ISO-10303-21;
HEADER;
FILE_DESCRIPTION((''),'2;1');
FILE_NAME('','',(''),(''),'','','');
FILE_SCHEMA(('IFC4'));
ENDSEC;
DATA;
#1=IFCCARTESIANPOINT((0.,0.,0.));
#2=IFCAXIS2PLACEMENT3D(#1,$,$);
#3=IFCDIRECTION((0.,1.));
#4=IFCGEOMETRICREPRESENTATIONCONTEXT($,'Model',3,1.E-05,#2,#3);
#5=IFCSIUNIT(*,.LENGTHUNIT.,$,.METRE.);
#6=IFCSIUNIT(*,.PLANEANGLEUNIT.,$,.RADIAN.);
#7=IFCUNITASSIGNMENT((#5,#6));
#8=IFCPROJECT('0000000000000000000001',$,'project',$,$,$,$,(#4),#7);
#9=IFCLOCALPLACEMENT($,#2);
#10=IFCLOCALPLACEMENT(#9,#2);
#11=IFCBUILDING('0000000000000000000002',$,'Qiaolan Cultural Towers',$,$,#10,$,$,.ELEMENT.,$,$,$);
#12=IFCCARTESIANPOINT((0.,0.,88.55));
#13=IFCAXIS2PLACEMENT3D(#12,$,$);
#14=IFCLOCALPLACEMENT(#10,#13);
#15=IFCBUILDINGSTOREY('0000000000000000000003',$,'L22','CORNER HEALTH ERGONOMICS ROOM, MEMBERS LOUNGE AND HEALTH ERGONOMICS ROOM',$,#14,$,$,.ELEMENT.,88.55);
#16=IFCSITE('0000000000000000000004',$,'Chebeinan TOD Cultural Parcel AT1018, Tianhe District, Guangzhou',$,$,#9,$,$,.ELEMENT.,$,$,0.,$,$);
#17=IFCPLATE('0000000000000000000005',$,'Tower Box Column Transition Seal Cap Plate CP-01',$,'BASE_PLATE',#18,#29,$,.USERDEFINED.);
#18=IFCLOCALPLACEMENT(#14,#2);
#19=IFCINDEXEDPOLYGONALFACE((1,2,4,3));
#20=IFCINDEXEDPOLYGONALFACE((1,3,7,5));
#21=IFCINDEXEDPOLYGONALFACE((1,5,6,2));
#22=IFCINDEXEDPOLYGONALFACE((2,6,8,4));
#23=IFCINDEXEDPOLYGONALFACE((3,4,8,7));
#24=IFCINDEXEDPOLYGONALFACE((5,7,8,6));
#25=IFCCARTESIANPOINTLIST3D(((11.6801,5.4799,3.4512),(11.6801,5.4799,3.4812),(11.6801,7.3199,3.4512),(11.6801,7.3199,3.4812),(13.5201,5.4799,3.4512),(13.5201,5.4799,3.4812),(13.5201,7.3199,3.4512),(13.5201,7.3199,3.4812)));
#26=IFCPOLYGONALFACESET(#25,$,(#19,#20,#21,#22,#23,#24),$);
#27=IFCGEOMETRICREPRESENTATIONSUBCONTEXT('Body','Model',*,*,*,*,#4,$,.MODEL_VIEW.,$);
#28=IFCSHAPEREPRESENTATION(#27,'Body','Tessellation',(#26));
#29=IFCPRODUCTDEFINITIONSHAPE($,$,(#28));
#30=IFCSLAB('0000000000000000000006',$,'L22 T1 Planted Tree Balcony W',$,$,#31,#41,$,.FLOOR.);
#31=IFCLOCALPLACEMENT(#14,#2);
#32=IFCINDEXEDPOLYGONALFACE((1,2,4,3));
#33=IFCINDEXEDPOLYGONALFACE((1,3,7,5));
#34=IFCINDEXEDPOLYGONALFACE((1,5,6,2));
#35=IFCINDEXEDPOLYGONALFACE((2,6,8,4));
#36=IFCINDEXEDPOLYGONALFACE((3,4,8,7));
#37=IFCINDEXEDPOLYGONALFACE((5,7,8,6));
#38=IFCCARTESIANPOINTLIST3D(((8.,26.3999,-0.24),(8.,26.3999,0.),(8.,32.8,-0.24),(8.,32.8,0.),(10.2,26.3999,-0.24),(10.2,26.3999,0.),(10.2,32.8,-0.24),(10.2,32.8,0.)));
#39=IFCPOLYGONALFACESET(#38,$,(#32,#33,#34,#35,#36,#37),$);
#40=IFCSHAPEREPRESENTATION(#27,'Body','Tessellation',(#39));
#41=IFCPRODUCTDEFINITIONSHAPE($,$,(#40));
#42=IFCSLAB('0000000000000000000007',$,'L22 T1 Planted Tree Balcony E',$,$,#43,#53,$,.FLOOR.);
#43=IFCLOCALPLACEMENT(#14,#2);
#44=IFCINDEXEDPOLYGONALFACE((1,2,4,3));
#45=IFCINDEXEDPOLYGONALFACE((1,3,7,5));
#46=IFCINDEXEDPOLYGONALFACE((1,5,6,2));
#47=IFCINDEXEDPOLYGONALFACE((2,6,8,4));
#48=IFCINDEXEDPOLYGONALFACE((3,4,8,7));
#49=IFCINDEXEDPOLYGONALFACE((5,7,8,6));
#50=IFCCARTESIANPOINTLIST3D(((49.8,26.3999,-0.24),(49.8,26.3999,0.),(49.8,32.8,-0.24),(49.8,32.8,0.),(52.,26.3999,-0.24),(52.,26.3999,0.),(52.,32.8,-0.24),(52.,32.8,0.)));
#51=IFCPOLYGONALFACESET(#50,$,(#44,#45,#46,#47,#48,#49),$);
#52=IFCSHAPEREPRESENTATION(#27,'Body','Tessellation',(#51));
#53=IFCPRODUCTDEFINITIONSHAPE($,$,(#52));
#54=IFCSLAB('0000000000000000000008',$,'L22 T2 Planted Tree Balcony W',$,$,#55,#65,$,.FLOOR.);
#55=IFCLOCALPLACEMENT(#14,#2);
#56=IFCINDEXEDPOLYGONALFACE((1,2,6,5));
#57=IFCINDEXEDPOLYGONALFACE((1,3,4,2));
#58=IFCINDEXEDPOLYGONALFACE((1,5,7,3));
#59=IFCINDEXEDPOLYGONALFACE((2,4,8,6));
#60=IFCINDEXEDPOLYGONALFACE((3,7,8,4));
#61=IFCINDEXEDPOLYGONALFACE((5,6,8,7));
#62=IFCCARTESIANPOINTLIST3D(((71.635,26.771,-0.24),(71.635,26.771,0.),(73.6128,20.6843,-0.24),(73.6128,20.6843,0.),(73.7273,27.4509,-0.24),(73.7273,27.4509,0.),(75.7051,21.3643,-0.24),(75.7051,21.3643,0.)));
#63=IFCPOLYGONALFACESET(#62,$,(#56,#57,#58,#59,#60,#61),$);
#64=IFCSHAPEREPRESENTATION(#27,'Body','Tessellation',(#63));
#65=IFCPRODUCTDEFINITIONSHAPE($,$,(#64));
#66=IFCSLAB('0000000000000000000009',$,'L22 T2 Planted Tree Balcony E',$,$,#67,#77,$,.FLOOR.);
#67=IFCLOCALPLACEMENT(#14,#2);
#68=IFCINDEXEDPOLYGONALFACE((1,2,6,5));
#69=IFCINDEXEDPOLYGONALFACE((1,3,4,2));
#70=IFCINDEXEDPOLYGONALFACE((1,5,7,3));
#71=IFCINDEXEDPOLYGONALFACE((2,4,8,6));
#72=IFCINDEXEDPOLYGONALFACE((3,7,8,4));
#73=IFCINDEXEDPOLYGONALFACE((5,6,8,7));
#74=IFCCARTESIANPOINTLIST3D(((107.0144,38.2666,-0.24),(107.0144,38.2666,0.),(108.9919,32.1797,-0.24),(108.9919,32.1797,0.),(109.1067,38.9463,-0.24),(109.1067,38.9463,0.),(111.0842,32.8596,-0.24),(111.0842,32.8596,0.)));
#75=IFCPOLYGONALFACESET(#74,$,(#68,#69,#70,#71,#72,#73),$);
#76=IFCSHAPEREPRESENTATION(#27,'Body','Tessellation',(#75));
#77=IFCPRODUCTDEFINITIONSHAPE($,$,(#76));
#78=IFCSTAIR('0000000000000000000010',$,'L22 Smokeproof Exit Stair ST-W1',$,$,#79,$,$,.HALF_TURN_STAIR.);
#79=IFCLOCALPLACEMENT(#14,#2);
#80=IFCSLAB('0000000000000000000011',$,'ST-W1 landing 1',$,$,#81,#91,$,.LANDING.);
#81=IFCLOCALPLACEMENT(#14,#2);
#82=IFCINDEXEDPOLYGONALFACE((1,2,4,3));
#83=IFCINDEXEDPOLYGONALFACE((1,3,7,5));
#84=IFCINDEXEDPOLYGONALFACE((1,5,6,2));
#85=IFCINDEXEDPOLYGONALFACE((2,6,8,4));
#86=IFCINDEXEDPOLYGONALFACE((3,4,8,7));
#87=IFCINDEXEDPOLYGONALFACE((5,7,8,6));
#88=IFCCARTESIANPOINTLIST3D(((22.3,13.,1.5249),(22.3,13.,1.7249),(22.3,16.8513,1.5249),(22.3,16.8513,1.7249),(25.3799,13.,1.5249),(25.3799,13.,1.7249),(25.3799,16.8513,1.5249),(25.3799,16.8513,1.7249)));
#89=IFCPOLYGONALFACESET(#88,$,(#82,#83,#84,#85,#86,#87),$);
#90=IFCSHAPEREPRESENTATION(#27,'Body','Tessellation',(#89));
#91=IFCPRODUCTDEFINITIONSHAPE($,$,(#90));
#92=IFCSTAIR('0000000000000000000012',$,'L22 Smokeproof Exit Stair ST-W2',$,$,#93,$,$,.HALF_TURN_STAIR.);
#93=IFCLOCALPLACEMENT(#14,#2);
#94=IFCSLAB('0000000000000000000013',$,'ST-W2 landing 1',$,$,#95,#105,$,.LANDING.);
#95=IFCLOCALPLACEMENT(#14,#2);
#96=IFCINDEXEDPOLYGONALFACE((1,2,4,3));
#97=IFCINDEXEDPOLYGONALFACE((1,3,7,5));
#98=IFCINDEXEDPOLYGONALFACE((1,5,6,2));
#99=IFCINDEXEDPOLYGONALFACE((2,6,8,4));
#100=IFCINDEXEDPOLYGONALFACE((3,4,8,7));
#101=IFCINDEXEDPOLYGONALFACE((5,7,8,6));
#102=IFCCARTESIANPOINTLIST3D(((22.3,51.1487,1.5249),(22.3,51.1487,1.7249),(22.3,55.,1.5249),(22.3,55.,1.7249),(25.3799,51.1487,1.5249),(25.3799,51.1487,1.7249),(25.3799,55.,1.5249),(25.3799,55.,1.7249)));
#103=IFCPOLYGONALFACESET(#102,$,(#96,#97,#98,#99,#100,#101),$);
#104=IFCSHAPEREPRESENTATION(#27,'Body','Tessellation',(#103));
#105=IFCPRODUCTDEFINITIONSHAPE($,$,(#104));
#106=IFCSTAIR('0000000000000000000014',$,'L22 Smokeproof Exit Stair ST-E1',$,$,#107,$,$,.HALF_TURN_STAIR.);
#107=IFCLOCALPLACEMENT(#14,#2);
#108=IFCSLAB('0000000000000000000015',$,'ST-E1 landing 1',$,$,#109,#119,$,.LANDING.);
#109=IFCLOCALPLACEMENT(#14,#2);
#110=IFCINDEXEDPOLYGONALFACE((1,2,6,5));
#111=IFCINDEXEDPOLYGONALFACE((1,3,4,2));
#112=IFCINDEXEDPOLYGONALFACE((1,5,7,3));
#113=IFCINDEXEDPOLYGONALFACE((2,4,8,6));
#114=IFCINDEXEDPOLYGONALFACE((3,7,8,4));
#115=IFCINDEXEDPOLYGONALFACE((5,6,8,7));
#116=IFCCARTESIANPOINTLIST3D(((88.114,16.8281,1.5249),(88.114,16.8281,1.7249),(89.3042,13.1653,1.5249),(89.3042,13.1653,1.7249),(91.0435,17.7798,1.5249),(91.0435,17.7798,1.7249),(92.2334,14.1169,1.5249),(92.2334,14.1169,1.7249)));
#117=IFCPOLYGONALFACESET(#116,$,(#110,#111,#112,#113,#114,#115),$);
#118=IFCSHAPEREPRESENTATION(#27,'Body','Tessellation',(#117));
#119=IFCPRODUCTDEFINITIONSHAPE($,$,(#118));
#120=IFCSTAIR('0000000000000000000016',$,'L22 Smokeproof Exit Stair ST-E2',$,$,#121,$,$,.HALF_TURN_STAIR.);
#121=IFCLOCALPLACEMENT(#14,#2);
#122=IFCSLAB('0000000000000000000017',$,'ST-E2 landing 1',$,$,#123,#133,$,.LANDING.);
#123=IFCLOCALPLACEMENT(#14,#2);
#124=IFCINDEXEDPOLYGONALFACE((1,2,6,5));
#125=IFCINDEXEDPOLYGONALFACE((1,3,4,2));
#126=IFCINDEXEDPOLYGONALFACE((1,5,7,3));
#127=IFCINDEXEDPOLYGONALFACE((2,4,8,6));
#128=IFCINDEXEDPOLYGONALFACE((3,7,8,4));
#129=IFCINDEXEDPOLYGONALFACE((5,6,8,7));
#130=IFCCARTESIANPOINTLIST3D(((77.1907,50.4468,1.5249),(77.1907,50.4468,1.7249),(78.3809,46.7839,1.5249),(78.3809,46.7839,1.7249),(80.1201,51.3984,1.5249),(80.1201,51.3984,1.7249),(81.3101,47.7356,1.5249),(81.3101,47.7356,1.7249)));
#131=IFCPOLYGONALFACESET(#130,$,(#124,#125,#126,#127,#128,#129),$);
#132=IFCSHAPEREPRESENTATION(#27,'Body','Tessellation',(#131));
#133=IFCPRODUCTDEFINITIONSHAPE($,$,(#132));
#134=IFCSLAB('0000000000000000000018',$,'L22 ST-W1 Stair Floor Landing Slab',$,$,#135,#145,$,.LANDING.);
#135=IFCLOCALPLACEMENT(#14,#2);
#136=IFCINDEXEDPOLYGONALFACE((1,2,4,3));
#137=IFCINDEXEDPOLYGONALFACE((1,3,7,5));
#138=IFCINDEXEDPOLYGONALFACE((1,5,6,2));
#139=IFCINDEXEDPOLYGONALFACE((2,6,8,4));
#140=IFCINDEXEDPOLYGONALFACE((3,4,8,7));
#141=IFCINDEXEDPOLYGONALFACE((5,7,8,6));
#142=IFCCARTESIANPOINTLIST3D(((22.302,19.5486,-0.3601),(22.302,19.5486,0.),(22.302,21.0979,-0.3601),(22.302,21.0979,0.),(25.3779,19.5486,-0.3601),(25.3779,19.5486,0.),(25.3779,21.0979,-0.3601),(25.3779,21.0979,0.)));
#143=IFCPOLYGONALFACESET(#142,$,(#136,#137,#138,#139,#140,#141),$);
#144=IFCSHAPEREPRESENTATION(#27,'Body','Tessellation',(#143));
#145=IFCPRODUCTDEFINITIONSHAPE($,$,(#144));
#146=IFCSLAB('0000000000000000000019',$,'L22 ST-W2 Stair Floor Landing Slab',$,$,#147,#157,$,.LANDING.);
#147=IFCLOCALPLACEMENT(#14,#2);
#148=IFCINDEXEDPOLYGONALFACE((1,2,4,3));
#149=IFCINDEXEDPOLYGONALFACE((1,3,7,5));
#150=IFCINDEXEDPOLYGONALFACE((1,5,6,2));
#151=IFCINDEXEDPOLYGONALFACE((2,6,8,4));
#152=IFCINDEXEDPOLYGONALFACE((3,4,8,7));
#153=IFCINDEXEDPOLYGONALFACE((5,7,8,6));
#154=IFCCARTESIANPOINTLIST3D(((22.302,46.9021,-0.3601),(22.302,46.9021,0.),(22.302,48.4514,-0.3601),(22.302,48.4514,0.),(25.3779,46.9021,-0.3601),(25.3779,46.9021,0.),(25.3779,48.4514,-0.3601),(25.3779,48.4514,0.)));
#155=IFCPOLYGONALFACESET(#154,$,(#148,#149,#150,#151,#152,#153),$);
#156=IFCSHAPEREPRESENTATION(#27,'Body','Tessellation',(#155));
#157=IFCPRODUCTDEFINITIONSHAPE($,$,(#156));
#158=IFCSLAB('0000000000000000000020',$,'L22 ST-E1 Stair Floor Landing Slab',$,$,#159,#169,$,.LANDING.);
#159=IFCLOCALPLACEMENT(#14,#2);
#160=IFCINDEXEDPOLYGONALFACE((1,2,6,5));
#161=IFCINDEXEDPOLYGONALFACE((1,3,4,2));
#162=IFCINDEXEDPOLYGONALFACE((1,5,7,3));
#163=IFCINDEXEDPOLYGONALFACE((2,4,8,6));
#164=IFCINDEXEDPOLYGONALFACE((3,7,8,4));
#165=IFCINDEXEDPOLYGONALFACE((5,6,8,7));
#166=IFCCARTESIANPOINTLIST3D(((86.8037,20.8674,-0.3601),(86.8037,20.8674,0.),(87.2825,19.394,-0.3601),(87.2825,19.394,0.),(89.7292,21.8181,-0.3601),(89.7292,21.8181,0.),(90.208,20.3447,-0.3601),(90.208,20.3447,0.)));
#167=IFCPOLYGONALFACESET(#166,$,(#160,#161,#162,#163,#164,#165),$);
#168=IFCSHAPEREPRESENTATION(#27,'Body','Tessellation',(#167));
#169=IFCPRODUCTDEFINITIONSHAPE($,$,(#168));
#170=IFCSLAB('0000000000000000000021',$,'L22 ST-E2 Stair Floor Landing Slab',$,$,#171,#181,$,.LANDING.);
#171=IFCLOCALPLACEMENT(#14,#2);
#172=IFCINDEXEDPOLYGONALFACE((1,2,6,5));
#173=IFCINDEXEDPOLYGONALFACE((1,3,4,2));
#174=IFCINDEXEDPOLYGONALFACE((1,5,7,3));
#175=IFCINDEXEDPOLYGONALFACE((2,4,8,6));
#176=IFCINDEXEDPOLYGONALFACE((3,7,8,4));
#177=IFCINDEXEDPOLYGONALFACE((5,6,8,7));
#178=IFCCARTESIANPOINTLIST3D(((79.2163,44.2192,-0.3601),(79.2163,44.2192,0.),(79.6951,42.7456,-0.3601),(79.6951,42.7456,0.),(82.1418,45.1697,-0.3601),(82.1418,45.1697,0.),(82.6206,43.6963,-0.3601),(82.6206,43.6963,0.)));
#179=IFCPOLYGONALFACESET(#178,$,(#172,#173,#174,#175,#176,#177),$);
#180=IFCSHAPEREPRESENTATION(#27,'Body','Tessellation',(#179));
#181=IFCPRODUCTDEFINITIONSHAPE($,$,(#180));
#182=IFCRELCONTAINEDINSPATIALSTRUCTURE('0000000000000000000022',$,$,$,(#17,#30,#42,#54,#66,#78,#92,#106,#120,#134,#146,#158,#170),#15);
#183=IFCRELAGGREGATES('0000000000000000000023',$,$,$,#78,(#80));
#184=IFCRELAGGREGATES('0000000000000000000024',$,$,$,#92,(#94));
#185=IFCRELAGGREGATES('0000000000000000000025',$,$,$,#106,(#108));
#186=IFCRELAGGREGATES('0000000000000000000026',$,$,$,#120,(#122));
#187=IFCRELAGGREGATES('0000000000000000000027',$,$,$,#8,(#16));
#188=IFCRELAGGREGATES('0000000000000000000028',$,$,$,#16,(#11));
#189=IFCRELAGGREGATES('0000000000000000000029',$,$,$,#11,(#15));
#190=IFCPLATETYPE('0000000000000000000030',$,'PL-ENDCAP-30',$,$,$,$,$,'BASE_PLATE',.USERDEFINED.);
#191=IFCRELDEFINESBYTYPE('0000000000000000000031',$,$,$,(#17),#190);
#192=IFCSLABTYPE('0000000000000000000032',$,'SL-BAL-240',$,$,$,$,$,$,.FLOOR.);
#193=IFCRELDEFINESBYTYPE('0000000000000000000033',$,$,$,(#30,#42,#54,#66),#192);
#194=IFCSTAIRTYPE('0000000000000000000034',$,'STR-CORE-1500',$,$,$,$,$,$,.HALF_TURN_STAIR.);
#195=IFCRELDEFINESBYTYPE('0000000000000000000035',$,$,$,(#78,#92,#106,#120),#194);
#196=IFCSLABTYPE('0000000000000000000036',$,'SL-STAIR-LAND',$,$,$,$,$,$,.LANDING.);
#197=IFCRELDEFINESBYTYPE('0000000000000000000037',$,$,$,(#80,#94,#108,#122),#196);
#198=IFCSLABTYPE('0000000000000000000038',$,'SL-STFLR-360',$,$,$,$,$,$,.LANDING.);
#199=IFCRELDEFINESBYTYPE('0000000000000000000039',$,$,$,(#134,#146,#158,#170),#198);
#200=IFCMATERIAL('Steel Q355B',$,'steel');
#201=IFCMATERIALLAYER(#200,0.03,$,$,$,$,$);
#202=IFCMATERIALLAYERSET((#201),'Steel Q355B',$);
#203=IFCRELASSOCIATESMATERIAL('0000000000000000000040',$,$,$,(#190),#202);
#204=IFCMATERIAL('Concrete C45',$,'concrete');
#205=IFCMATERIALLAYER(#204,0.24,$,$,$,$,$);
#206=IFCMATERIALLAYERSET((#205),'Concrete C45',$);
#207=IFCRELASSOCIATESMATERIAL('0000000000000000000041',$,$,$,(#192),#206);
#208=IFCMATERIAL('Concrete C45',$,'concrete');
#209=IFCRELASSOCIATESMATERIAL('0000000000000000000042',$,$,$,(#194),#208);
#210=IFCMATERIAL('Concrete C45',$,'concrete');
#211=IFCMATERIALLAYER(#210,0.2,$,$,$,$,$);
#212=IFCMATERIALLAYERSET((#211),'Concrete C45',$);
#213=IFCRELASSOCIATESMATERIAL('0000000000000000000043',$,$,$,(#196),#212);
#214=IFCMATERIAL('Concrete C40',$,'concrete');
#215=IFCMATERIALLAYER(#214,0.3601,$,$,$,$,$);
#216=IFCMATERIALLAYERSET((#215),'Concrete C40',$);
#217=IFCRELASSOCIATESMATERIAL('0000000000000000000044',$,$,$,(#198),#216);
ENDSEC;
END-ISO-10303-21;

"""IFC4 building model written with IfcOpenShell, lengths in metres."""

from ifc_helpers import new_model, si_unit, direction, frame, origin, origin_2d, place, context, subcontext, project, spatial, polyline, rectangle, outline, extrude, material, layer, layer_set, type_object, element, aggregate, save


model = new_model("IFC4")

# Units and contexts
model_context = context("Model", 3, precision=1e-05, world=origin(), true_north=direction((0.0, 1.0)))
body_context = subcontext(model_context, "Body", "Model", "MODEL_VIEW")
ifc_project = project(units=[si_unit("LENGTHUNIT", "METRE"), si_unit("PLANEANGLEUNIT", "RADIAN")], contexts=[model_context])

# Site, building, storey
site_placement = place(None, origin())
site = spatial("IfcSite", under=ifc_project, at=site_placement, Name="Chebeinan TOD Cultural Parcel AT1018, Tianhe District, Guangzhou", CompositionType="ELEMENT", RefElevation=0.0)
building_placement = place(site_placement, origin())
building = spatial("IfcBuilding", under=site, at=building_placement, Name="Qiaolan Cultural Towers", CompositionType="ELEMENT")
storey_placement = place(building_placement, frame((0.0, 0.0, 88.55)))
storey = spatial("IfcBuildingStorey", under=building, at=storey_placement, Name="L22", Description="CORNER HEALTH ERGONOMICS ROOM, MEMBERS LOUNGE AND HEALTH ERGONOMICS ROOM", CompositionType="ELEMENT", Elevation=88.55)

# Plate
ifc_material_1 = material(Name="Steel Q355B", Category="steel")
ifc_layer_1 = layer(ifc_material_1, 0.03)
ifc_layer_set_1 = layer_set([ifc_layer_1], Name="Steel Q355B")
plate_type_1 = type_object("IfcPlateType", Name="PL-ENDCAP-30", ElementType="BASE_PLATE", PredefinedType="USERDEFINED", material=ifc_layer_set_1)
plate_placement = place(storey_placement, frame((12.6001, 6.3999, 3.4512), z_axis=(0.0, 0.0, 1.0), x_axis=(1.0, 0.0, 0.0)))
element("IfcPlate", 1, at=plate_placement, inside=storey, type_object=plate_type_1, Name="Tower Box Column Transition Seal Cap Plate CP-01", ObjectType="BASE_PLATE", PredefinedType="USERDEFINED", context=body_context, shape_type="SweptSolid", body=[
    extrude(rectangle(XDim=1.8401, YDim=1.8401, at=origin_2d()), origin(), (0.0, 0.0, 1.0), 0.03),
])

# Slabs
ifc_material_2 = material(Name="Concrete C45", Category="concrete")
ifc_layer_2 = layer(ifc_material_2, 0.24)
ifc_layer_set_2 = layer_set([ifc_layer_2], Name="Concrete C45")
slab_type_1 = type_object("IfcSlabType", Name="SL-BAL-240", PredefinedType="FLOOR", material=ifc_layer_set_2)
slab_1_placement = place(storey_placement, frame((0.0, 0.0, -0.24)))
element("IfcSlab", 2, at=slab_1_placement, inside=storey, type_object=slab_type_1, Name="L22 T1 Planted Tree Balcony W", PredefinedType="FLOOR", context=body_context, shape_type="SweptSolid", body=[
    extrude(outline(polyline([(8.0, 26.3999), (10.2, 26.3999), (10.2, 32.8), (8.0, 32.8), (8.0, 26.3999)])), origin(), (0.0, 0.0, 1.0), 0.24),
])
slab_2_placement = place(storey_placement, frame((0.0, 0.0, -0.24)))
element("IfcSlab", 3, at=slab_2_placement, inside=storey, type_object=slab_type_1, Name="L22 T1 Planted Tree Balcony E", PredefinedType="FLOOR", context=body_context, shape_type="SweptSolid", body=[
    extrude(outline(polyline([(49.8, 26.3999), (52.0, 26.3999), (52.0, 32.8), (49.8, 32.8), (49.8, 26.3999)])), origin(), (0.0, 0.0, 1.0), 0.24),
])
slab_3_placement = place(storey_placement, frame((0.0, 0.0, -0.24)))
element("IfcSlab", 4, at=slab_3_placement, inside=storey, type_object=slab_type_1, Name="L22 T2 Planted Tree Balcony W", PredefinedType="FLOOR", context=body_context, shape_type="SweptSolid", body=[
    extrude(outline(polyline([(73.6128, 20.6843), (75.7051, 21.3643), (73.7273, 27.4509), (71.635, 26.771), (73.6128, 20.6843)])), origin(), (0.0, 0.0, 1.0), 0.24),
])
slab_4_placement = place(storey_placement, frame((0.0, 0.0, -0.24)))
element("IfcSlab", 5, at=slab_4_placement, inside=storey, type_object=slab_type_1, Name="L22 T2 Planted Tree Balcony E", PredefinedType="FLOOR", context=body_context, shape_type="SweptSolid", body=[
    extrude(outline(polyline([(108.9919, 32.1797), (111.0842, 32.8596), (109.1067, 38.9463), (107.0144, 38.2666), (108.9919, 32.1797)])), origin(), (0.0, 0.0, 1.0), 0.24),
])

# Stairs, slabs
ifc_material_3 = material(Name="Concrete C45", Category="concrete")
stair_type = type_object("IfcStairType", Name="STR-CORE-1500", PredefinedType="HALF_TURN_STAIR", material=ifc_material_3)
stair_1_placement = place(storey_placement, origin())
stair_1 = element("IfcStair", 6, at=stair_1_placement, inside=storey, type_object=stair_type, Name="L22 Smokeproof Exit Stair ST-W1", PredefinedType="HALF_TURN_STAIR")
ifc_material_4 = material(Name="Concrete C45", Category="concrete")
ifc_layer_3 = layer(ifc_material_4, 0.2)
ifc_layer_set_3 = layer_set([ifc_layer_3], Name="Concrete C45")
slab_type_2 = type_object("IfcSlabType", Name="SL-STAIR-LAND", PredefinedType="LANDING", material=ifc_layer_set_3)
slab_5_placement = place(storey_placement, frame((0.0, 0.0, 1.5249)))
slab_5 = element("IfcSlab", 7, at=slab_5_placement, type_object=slab_type_2, Name="ST-W1 landing 1", PredefinedType="LANDING", context=body_context, shape_type="SweptSolid", body=[
    extrude(outline(polyline([(22.3, 16.8513), (22.3, 13.0), (25.3799, 13.0), (25.3799, 16.8513), (22.3, 16.8513)])), origin(), (0.0, 0.0, 1.0), 0.2),
])
aggregate(stair_1, [slab_5])
stair_2_placement = place(storey_placement, origin())
stair_2 = element("IfcStair", 8, at=stair_2_placement, inside=storey, type_object=stair_type, Name="L22 Smokeproof Exit Stair ST-W2", PredefinedType="HALF_TURN_STAIR")
slab_6_placement = place(storey_placement, frame((0.0, 0.0, 1.5249)))
slab_6 = element("IfcSlab", 9, at=slab_6_placement, type_object=slab_type_2, Name="ST-W2 landing 1", PredefinedType="LANDING", context=body_context, shape_type="SweptSolid", body=[
    extrude(outline(polyline([(25.3799, 51.1487), (25.3799, 55.0), (22.3, 55.0), (22.3, 51.1487), (25.3799, 51.1487)])), origin(), (0.0, 0.0, 1.0), 0.2),
])
aggregate(stair_2, [slab_6])
stair_3_placement = place(storey_placement, origin())
stair_3 = element("IfcStair", 10, at=stair_3_placement, inside=storey, type_object=stair_type, Name="L22 Smokeproof Exit Stair ST-E1", PredefinedType="HALF_TURN_STAIR")
slab_7_placement = place(storey_placement, frame((0.0, 0.0, 1.5249)))
slab_7 = element("IfcSlab", 11, at=slab_7_placement, type_object=slab_type_2, Name="ST-E1 landing 1", PredefinedType="LANDING", context=body_context, shape_type="SweptSolid", body=[
    extrude(outline(polyline([(88.114, 16.8281), (89.3042, 13.1653), (92.2334, 14.1169), (91.0435, 17.7798), (88.114, 16.8281)])), origin(), (0.0, 0.0, 1.0), 0.2),
])
aggregate(stair_3, [slab_7])
stair_4_placement = place(storey_placement, origin())
stair_4 = element("IfcStair", 12, at=stair_4_placement, inside=storey, type_object=stair_type, Name="L22 Smokeproof Exit Stair ST-E2", PredefinedType="HALF_TURN_STAIR")
slab_8_placement = place(storey_placement, frame((0.0, 0.0, 1.5249)))
slab_8 = element("IfcSlab", 13, at=slab_8_placement, type_object=slab_type_2, Name="ST-E2 landing 1", PredefinedType="LANDING", context=body_context, shape_type="SweptSolid", body=[
    extrude(outline(polyline([(81.3101, 47.7356), (80.1201, 51.3984), (77.1907, 50.4468), (78.3809, 46.7839), (81.3101, 47.7356)])), origin(), (0.0, 0.0, 1.0), 0.2),
])
aggregate(stair_4, [slab_8])

# Slabs
ifc_material_5 = material(Name="Concrete C40", Category="concrete")
ifc_layer_4 = layer(ifc_material_5, 0.3601)
ifc_layer_set_4 = layer_set([ifc_layer_4], Name="Concrete C40")
slab_type_3 = type_object("IfcSlabType", Name="SL-STFLR-360", PredefinedType="LANDING", material=ifc_layer_set_4)
slab_9_placement = place(storey_placement, frame((0.0, 0.0, -0.3601)))
element("IfcSlab", 14, at=slab_9_placement, inside=storey, type_object=slab_type_3, Name="L22 ST-W1 Stair Floor Landing Slab", PredefinedType="LANDING", context=body_context, shape_type="SweptSolid", body=[
    extrude(outline(polyline([(22.302, 21.0979), (22.302, 19.5486), (25.3779, 19.5486), (25.3779, 21.0979), (22.302, 21.0979)])), origin(), (0.0, 0.0, 1.0), 0.3601),
])
slab_10_placement = place(storey_placement, frame((0.0, 0.0, -0.3601)))
element("IfcSlab", 15, at=slab_10_placement, inside=storey, type_object=slab_type_3, Name="L22 ST-W2 Stair Floor Landing Slab", PredefinedType="LANDING", context=body_context, shape_type="SweptSolid", body=[
    extrude(outline(polyline([(25.3779, 46.9021), (25.3779, 48.4514), (22.302, 48.4514), (22.302, 46.9021), (25.3779, 46.9021)])), origin(), (0.0, 0.0, 1.0), 0.3601),
])
slab_11_placement = place(storey_placement, frame((0.0, 0.0, -0.3601)))
element("IfcSlab", 16, at=slab_11_placement, inside=storey, type_object=slab_type_3, Name="L22 ST-E1 Stair Floor Landing Slab", PredefinedType="LANDING", context=body_context, shape_type="SweptSolid", body=[
    extrude(outline(polyline([(86.8037, 20.8674), (87.2825, 19.394), (90.208, 20.3447), (89.7292, 21.8181), (86.8037, 20.8674)])), origin(), (0.0, 0.0, 1.0), 0.3601),
])
slab_12_placement = place(storey_placement, frame((0.0, 0.0, -0.3601)))
element("IfcSlab", 17, at=slab_12_placement, inside=storey, type_object=slab_type_3, Name="L22 ST-E2 Stair Floor Landing Slab", PredefinedType="LANDING", context=body_context, shape_type="SweptSolid", body=[
    extrude(outline(polyline([(82.6206, 43.6963), (82.1418, 45.1697), (79.2163, 44.2192), (79.6951, 42.7456), (82.6206, 43.6963)])), origin(), (0.0, 0.0, 1.0), 0.3601),
])

save(model, "model.ifc")
